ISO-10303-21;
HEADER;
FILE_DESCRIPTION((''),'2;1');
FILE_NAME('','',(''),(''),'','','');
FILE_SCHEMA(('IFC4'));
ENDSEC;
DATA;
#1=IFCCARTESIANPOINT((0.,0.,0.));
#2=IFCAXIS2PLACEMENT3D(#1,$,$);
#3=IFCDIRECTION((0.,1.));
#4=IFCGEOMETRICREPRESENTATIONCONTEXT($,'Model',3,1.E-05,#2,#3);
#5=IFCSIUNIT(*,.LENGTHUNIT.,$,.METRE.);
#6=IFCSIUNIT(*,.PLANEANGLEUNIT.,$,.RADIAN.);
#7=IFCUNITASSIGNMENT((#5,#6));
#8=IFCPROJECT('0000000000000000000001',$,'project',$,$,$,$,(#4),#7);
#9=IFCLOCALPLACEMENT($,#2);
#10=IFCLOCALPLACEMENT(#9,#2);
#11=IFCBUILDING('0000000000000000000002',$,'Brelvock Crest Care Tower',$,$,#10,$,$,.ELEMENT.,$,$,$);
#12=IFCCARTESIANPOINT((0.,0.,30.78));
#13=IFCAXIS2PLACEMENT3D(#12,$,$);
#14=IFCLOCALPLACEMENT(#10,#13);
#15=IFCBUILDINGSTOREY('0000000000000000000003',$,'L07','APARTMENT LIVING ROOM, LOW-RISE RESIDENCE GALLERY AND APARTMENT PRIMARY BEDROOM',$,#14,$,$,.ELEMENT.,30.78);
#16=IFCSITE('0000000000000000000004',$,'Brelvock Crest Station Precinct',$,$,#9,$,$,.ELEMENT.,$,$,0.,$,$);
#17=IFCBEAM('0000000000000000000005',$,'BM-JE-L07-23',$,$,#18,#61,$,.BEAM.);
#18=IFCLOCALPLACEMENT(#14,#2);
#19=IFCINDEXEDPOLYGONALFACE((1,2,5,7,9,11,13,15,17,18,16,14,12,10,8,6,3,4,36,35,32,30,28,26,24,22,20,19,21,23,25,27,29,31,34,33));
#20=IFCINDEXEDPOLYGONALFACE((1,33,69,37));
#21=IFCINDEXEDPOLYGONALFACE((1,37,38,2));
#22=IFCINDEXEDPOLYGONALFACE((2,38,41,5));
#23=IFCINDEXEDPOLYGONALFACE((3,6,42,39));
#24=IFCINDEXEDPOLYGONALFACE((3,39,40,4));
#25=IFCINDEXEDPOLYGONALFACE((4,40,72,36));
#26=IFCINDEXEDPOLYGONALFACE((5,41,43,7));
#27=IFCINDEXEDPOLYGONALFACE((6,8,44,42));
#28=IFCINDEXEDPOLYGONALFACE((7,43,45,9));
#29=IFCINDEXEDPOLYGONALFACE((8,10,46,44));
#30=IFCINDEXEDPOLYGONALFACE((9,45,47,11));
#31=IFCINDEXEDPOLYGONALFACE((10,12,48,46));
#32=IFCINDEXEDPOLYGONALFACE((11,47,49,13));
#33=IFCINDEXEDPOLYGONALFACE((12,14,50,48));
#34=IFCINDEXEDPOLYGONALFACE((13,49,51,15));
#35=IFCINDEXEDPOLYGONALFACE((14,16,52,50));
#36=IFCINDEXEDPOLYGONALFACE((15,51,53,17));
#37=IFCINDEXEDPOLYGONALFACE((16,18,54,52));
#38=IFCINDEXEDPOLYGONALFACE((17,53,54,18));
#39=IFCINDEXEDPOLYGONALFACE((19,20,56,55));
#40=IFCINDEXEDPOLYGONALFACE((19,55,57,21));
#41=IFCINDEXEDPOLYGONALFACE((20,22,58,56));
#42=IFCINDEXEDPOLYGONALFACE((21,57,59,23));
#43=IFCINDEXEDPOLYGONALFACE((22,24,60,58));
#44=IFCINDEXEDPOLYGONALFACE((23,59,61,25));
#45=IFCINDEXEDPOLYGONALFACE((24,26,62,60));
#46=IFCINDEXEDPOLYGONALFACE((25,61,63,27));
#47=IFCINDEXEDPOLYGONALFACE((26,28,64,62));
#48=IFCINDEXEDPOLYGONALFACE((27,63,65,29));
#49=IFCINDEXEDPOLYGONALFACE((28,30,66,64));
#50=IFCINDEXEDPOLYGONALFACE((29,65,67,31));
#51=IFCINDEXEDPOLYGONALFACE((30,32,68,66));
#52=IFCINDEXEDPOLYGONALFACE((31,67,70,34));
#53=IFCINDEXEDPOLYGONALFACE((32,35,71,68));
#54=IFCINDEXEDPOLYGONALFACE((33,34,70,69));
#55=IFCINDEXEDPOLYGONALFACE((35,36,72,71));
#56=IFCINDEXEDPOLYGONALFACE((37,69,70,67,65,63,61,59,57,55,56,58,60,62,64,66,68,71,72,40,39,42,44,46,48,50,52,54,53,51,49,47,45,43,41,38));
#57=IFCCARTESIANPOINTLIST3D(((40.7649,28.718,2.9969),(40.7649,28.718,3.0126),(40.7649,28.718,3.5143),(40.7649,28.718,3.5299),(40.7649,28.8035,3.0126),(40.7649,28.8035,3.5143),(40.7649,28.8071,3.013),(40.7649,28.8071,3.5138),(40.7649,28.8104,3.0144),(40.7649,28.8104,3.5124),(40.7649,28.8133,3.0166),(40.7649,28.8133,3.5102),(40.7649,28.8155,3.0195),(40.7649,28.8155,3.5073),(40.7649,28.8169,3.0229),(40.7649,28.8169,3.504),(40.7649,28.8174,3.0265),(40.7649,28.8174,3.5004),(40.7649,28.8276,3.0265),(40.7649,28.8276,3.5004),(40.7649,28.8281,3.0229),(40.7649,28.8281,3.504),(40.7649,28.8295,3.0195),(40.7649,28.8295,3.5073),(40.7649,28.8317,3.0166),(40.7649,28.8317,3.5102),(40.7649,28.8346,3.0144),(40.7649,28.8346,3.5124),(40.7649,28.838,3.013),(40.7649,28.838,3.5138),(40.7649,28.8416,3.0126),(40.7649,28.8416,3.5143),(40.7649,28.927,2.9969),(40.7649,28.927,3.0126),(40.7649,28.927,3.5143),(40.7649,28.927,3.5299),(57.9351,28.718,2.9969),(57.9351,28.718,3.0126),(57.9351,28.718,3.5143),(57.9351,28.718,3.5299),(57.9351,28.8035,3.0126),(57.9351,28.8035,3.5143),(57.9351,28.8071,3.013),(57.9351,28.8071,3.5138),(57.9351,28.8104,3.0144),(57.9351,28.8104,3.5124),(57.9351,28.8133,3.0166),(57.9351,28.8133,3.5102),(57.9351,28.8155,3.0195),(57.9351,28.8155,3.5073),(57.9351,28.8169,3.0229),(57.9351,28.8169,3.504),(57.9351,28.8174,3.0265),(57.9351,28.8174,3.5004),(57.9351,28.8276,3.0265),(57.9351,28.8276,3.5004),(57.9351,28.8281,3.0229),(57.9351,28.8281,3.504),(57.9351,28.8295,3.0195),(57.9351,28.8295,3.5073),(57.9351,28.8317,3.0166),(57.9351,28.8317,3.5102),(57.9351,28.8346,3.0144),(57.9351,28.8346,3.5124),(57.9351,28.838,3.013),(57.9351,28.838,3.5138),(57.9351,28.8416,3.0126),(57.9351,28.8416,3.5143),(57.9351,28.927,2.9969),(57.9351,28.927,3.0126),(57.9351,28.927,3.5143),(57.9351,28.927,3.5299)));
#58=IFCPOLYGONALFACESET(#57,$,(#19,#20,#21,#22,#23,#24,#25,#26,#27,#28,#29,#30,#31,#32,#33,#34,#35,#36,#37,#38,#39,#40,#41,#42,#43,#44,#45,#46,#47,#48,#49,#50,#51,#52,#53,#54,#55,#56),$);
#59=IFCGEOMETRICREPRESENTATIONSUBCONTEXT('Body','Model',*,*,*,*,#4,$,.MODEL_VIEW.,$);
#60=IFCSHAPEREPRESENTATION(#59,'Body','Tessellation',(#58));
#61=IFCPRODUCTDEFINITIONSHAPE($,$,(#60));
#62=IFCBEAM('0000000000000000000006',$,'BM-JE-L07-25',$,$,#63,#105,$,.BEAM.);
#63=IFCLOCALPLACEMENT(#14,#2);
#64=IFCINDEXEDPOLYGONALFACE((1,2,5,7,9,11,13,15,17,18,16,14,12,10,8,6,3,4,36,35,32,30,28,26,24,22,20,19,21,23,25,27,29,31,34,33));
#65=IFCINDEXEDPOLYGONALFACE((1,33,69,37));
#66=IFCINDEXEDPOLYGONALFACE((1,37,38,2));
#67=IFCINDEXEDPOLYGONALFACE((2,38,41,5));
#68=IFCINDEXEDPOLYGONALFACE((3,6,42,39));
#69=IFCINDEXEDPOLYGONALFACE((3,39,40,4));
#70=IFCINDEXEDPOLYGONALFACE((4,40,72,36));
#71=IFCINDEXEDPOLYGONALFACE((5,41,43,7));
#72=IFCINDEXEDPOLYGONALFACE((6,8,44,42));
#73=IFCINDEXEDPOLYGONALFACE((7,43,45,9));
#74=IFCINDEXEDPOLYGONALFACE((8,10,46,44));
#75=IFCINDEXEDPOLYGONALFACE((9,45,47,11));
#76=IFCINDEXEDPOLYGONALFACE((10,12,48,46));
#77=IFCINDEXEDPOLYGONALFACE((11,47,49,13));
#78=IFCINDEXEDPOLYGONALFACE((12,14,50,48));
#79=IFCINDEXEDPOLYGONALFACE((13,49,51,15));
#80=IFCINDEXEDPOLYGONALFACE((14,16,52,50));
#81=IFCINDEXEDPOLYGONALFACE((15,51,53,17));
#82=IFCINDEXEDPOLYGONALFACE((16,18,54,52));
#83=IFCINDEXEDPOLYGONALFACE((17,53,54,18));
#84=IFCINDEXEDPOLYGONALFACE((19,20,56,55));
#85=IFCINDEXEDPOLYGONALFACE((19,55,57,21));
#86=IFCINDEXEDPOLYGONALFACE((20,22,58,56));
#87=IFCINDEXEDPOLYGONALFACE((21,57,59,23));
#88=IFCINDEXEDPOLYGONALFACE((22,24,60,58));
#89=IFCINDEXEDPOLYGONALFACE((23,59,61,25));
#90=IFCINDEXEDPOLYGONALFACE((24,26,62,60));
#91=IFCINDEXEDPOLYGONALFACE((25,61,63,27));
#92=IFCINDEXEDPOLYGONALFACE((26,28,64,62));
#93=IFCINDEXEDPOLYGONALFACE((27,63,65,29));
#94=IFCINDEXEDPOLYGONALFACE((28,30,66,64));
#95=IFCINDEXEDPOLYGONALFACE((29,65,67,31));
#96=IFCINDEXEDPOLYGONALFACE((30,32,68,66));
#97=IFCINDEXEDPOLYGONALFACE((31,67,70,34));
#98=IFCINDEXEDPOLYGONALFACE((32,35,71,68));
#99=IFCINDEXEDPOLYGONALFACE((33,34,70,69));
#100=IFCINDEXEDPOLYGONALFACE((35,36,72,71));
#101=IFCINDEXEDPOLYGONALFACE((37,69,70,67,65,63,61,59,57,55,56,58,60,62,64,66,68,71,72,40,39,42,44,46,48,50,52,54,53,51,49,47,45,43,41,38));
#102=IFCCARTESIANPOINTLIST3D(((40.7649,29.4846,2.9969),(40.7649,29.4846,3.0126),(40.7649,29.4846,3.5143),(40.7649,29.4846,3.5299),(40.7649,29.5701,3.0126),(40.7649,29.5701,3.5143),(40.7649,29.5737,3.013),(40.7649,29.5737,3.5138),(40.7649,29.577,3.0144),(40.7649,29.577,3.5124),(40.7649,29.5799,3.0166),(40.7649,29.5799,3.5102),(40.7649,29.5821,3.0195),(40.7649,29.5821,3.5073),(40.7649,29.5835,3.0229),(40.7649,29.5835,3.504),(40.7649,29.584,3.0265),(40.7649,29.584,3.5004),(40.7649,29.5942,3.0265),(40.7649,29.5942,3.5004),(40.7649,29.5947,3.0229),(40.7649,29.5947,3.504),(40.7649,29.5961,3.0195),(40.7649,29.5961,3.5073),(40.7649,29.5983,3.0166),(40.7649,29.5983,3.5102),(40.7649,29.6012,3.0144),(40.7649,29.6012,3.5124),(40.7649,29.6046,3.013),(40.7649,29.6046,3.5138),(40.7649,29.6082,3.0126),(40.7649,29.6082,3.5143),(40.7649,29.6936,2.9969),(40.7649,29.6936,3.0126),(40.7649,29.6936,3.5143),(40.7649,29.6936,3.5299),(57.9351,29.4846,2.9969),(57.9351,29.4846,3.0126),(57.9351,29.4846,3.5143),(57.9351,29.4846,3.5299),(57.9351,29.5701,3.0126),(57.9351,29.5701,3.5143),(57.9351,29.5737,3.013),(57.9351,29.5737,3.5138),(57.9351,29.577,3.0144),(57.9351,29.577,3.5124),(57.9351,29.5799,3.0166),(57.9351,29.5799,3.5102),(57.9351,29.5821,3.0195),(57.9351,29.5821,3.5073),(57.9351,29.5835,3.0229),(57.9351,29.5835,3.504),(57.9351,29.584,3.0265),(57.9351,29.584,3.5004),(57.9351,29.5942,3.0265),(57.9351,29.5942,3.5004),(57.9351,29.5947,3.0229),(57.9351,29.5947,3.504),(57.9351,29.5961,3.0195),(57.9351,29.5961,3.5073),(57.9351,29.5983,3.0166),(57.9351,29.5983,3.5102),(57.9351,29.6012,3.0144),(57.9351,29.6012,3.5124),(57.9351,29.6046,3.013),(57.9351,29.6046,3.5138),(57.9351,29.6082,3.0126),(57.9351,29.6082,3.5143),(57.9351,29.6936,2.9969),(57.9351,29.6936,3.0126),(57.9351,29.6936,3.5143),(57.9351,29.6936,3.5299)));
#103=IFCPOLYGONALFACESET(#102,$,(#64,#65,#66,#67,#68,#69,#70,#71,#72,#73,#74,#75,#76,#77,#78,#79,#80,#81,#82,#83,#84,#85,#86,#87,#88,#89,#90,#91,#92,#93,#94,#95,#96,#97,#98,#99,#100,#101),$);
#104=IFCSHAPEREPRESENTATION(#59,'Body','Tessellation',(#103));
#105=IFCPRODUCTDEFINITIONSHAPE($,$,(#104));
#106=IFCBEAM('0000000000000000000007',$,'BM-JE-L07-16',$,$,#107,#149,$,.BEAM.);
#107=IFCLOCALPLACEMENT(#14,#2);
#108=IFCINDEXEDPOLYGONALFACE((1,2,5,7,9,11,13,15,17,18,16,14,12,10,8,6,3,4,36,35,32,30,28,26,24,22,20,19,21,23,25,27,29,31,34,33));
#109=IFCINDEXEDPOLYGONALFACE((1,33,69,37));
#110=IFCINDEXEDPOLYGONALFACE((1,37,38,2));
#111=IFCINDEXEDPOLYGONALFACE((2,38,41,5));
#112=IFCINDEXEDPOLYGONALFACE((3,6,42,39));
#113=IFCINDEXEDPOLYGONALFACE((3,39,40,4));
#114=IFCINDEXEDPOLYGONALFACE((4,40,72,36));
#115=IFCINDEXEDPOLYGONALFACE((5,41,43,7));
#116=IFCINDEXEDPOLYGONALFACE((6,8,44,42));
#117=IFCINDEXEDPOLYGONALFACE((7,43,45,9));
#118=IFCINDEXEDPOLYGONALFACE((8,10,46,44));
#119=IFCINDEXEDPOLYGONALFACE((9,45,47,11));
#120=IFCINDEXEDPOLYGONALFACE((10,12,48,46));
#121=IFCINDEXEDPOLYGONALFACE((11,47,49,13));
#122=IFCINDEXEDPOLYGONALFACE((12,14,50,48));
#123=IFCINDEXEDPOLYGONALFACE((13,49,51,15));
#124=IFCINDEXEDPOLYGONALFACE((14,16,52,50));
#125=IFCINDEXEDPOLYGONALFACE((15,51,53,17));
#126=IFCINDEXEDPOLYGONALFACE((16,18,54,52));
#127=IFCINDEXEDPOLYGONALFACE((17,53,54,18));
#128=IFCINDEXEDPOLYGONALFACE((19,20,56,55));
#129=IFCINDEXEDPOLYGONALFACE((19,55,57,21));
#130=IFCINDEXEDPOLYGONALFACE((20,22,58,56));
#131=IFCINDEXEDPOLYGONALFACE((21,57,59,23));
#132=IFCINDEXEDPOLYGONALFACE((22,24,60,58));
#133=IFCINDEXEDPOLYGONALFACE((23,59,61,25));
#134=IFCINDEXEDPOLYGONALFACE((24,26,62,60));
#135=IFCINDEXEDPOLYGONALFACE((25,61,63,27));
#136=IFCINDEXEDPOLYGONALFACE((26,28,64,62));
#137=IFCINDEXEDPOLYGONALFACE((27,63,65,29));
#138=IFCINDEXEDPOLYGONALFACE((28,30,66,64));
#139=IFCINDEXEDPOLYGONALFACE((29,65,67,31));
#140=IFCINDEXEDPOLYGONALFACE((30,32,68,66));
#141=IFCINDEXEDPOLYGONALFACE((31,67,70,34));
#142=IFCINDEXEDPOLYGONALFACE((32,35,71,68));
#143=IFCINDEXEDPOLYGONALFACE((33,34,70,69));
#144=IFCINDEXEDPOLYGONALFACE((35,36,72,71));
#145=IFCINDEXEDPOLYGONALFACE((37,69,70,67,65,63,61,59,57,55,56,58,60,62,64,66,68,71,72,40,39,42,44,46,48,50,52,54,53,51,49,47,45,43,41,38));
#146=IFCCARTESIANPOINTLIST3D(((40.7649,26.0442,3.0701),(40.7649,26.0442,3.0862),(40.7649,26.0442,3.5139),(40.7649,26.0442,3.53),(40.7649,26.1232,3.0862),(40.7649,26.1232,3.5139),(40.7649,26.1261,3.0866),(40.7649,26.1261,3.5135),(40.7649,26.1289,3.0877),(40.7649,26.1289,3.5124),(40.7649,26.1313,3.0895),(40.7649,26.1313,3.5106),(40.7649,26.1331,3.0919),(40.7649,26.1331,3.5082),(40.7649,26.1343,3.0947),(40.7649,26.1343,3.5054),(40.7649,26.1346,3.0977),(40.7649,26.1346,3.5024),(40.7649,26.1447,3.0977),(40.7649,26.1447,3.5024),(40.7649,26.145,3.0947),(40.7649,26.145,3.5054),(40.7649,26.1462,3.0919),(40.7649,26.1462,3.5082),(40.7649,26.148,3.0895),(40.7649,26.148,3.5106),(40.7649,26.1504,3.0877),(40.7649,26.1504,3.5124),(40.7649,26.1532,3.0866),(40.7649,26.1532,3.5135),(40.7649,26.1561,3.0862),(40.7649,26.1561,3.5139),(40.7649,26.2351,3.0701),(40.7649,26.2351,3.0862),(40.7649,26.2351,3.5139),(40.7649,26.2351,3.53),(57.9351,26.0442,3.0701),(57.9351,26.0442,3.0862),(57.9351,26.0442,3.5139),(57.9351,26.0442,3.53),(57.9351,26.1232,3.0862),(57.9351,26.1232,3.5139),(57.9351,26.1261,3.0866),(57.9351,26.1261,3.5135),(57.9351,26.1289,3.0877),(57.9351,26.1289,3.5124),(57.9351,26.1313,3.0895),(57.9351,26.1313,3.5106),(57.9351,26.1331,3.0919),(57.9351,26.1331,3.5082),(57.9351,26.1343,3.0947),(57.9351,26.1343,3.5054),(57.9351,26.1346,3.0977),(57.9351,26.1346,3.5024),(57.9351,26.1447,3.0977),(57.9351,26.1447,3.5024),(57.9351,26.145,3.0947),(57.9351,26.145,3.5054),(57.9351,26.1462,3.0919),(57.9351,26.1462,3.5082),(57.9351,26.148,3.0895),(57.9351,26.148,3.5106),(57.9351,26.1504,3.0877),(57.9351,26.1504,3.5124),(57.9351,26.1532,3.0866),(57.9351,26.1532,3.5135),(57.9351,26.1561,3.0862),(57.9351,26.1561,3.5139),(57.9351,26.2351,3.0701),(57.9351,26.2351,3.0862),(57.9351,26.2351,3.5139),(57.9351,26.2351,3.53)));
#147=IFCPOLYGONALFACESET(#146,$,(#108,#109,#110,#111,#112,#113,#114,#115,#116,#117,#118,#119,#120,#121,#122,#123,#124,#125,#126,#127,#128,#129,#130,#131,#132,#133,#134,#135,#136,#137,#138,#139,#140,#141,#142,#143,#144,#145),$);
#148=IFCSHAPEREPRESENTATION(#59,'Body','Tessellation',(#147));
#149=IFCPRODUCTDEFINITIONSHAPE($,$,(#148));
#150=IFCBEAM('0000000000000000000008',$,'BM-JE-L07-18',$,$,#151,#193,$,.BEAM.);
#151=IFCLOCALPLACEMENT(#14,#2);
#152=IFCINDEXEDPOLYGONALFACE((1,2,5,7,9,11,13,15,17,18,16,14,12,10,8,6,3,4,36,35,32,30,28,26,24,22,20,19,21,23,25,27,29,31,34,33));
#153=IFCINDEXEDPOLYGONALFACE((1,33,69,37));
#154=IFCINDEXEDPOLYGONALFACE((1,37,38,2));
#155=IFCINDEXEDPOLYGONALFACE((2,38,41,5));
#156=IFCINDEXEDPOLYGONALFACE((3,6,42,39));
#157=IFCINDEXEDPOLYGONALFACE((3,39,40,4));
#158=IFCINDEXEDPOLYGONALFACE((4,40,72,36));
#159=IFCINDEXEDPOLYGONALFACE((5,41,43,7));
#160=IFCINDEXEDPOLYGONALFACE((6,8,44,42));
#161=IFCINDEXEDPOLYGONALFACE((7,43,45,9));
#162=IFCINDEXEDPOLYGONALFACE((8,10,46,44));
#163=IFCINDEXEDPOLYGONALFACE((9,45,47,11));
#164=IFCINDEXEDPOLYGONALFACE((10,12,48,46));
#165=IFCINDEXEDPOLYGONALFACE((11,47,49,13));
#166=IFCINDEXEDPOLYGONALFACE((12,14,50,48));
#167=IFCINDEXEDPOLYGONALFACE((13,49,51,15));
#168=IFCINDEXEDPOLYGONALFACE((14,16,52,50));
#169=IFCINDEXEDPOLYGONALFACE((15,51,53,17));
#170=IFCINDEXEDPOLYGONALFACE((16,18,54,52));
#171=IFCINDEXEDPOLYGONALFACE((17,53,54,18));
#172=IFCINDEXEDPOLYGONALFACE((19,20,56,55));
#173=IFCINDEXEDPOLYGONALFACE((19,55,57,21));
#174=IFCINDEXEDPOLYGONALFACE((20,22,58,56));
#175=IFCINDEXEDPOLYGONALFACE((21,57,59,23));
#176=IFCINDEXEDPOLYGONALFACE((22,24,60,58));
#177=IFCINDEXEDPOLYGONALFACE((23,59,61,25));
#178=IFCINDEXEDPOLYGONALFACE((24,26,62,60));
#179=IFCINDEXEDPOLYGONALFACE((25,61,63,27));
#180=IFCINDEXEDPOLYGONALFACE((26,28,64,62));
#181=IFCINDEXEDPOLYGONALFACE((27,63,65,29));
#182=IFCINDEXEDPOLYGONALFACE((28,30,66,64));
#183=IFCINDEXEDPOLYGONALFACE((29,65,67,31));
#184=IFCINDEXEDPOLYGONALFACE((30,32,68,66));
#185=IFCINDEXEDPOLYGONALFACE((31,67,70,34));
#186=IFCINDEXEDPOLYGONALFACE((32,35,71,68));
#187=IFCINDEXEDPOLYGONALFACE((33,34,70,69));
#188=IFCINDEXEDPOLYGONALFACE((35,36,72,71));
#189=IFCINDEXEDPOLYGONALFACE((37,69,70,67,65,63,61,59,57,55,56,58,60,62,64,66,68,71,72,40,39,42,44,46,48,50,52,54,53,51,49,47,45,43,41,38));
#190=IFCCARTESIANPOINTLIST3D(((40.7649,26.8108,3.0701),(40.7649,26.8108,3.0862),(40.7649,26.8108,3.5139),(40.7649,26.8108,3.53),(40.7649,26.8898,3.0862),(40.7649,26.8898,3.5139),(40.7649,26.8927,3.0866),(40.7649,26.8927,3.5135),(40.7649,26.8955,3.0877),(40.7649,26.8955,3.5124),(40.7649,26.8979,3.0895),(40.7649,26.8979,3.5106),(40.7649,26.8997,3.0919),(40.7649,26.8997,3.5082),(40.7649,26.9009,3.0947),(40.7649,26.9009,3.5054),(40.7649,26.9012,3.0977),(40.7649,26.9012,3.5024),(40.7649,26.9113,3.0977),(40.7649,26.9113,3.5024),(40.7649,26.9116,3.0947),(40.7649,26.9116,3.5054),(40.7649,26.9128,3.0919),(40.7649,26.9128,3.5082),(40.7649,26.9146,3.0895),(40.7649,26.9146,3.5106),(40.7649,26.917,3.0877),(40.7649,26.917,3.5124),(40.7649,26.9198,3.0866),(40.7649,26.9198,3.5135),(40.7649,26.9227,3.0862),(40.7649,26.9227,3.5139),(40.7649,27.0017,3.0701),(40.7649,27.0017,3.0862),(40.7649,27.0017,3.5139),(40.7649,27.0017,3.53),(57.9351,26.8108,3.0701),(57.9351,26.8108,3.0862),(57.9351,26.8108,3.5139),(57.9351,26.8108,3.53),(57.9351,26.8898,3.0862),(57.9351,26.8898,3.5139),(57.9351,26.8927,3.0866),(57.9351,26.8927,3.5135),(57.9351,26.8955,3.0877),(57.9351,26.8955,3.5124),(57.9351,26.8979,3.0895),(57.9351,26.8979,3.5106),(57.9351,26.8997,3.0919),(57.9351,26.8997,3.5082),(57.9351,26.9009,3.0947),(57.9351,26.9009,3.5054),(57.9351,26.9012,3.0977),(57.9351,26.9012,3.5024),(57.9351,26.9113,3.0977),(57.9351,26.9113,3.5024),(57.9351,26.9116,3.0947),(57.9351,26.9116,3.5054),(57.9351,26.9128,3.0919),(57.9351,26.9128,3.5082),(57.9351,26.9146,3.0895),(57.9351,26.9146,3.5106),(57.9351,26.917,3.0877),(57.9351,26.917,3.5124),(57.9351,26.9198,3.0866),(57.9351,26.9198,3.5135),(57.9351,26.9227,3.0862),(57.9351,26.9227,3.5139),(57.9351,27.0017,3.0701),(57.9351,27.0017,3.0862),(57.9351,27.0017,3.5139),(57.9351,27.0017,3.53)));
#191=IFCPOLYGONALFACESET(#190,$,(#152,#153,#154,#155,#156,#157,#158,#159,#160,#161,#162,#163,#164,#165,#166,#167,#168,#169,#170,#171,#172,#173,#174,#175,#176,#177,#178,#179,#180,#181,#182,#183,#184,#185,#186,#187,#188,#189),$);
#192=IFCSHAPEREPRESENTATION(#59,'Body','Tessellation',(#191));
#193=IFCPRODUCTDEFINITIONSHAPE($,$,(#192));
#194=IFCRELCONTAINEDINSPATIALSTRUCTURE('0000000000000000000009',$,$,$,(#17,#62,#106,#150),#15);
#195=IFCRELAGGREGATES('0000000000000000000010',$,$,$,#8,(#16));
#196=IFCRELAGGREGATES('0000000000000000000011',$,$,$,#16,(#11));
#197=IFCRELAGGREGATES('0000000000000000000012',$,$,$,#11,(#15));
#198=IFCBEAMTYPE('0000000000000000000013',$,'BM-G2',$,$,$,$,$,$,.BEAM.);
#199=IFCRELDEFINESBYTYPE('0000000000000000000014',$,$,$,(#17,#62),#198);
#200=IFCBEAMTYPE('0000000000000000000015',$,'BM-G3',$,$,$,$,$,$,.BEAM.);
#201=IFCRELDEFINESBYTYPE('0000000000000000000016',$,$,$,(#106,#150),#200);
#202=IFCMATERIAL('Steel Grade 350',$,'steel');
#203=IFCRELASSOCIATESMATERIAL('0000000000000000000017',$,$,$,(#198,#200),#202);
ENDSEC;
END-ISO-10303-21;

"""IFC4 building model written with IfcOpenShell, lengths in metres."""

from ifc_helpers import new_model, si_unit, direction, frame, origin, origin_2d, place, context, subcontext, project, spatial, i_section, extrude, source, transform, mapped, material, material_profile, profile_set, type_object, element, save


model = new_model("IFC4")

# Units and contexts
model_context = context("Model", 3, precision=1e-05, world=origin(), true_north=direction((0.0, 1.0)))
body_context = subcontext(model_context, "Body", "Model", "MODEL_VIEW")
ifc_project = project(units=[si_unit("LENGTHUNIT", "METRE"), si_unit("PLANEANGLEUNIT", "RADIAN")], contexts=[model_context])

# Site, building, storey
site_placement = place(None, origin())
site = spatial("IfcSite", under=ifc_project, at=site_placement, Name="Brelvock Crest Station Precinct", CompositionType="ELEMENT", RefElevation=0.0)
building_placement = place(site_placement, origin())
building = spatial("IfcBuilding", under=site, at=building_placement, Name="Brelvock Crest Care Tower", CompositionType="ELEMENT")
storey_placement = place(building_placement, frame((0.0, 0.0, 30.78)))
storey = spatial("IfcBuildingStorey", under=building, at=storey_placement, Name="L07", Description="APARTMENT LIVING ROOM, LOW-RISE RESIDENCE GALLERY AND APARTMENT PRIMARY BEDROOM", CompositionType="ELEMENT", Elevation=30.78)

# Beams
ifc_material_1 = material(Name="Steel Grade 350", Category="steel")
ifc_material_profile_1 = material_profile(ifc_material_1, i_section(OverallWidth=0.209, OverallDepth=0.533, WebThickness=0.0103, FlangeThickness=0.0156, FilletRadius=0.0139, at=origin_2d()), Name="530UB92.4")
ifc_profile_set_1 = profile_set([ifc_material_profile_1], Name="Steel Grade 350")
beam_type_1 = type_object("IfcBeamType", Name="BM-G2", PredefinedType="BEAM", material=ifc_profile_set_1)
shared_shape_1 = source(origin(), body_context, "Body", "SweptSolid", [
    extrude(i_section(OverallWidth=0.209, OverallDepth=0.533, WebThickness=0.0103, FlangeThickness=0.0156, FilletRadius=0.0139, at=origin_2d()), origin(), (0.0, 0.0, 1.0), 17.1702),
])
for number, where, z_axis, x_axis, name in (
    (1, (40.7649, 28.8225, 3.2634), (1.0, 0.0, 0.0), (0.0, 1.0, 0.0), "BM-JE-L07-23"),
    (2, (40.7649, 29.5891, 3.2634), (1.0, 0.0, 0.0), (0.0, 1.0, 0.0), "BM-JE-L07-25"),
):
    element("IfcBeam", number, at=place(storey_placement, frame(where, z_axis=z_axis, x_axis=x_axis)), inside=storey, type_object=beam_type_1, Name=name, PredefinedType="BEAM", context=body_context, shape_type="MappedRepresentation", body=[
        mapped(shared_shape_1, transform((0.0, 0.0, 0.0), x_axis=(1.0, 0.0, 0.0), y_axis=(0.0, 1.0, 0.0), z_axis=(0.0, 0.0, 1.0), scale=1.0)),
    ])
ifc_material_profile_2 = material_profile(ifc_material_1, i_section(OverallWidth=0.1909, OverallDepth=0.46, WebThickness=0.01, FlangeThickness=0.0161, FilletRadius=0.0115, at=origin_2d()), Name="460UB82.1")
ifc_profile_set_2 = profile_set([ifc_material_profile_2], Name="Steel Grade 350")
beam_type_2 = type_object("IfcBeamType", Name="BM-G3", PredefinedType="BEAM", material=ifc_profile_set_2)
shared_shape_2 = source(origin(), body_context, "Body", "SweptSolid", [
    extrude(i_section(OverallWidth=0.1909, OverallDepth=0.46, WebThickness=0.01, FlangeThickness=0.0161, FilletRadius=0.0115, at=origin_2d()), origin(), (0.0, 0.0, 1.0), 17.1702),
])
for number, where, z_axis, x_axis, name in (
    (3, (40.7649, 26.1396, 3.3), (1.0, 0.0, 0.0), (0.0, 1.0, 0.0), "BM-JE-L07-16"),
    (4, (40.7649, 26.9062, 3.3), (1.0, 0.0, 0.0), (0.0, 1.0, 0.0), "BM-JE-L07-18"),
):
    element("IfcBeam", number, at=place(storey_placement, frame(where, z_axis=z_axis, x_axis=x_axis)), inside=storey, type_object=beam_type_2, Name=name, PredefinedType="BEAM", context=body_context, shape_type="MappedRepresentation", body=[
        mapped(shared_shape_2, transform((0.0, 0.0, 0.0), x_axis=(1.0, 0.0, 0.0), y_axis=(0.0, 1.0, 0.0), z_axis=(0.0, 0.0, 1.0), scale=1.0)),
    ])

save(model, "model.ifc")
